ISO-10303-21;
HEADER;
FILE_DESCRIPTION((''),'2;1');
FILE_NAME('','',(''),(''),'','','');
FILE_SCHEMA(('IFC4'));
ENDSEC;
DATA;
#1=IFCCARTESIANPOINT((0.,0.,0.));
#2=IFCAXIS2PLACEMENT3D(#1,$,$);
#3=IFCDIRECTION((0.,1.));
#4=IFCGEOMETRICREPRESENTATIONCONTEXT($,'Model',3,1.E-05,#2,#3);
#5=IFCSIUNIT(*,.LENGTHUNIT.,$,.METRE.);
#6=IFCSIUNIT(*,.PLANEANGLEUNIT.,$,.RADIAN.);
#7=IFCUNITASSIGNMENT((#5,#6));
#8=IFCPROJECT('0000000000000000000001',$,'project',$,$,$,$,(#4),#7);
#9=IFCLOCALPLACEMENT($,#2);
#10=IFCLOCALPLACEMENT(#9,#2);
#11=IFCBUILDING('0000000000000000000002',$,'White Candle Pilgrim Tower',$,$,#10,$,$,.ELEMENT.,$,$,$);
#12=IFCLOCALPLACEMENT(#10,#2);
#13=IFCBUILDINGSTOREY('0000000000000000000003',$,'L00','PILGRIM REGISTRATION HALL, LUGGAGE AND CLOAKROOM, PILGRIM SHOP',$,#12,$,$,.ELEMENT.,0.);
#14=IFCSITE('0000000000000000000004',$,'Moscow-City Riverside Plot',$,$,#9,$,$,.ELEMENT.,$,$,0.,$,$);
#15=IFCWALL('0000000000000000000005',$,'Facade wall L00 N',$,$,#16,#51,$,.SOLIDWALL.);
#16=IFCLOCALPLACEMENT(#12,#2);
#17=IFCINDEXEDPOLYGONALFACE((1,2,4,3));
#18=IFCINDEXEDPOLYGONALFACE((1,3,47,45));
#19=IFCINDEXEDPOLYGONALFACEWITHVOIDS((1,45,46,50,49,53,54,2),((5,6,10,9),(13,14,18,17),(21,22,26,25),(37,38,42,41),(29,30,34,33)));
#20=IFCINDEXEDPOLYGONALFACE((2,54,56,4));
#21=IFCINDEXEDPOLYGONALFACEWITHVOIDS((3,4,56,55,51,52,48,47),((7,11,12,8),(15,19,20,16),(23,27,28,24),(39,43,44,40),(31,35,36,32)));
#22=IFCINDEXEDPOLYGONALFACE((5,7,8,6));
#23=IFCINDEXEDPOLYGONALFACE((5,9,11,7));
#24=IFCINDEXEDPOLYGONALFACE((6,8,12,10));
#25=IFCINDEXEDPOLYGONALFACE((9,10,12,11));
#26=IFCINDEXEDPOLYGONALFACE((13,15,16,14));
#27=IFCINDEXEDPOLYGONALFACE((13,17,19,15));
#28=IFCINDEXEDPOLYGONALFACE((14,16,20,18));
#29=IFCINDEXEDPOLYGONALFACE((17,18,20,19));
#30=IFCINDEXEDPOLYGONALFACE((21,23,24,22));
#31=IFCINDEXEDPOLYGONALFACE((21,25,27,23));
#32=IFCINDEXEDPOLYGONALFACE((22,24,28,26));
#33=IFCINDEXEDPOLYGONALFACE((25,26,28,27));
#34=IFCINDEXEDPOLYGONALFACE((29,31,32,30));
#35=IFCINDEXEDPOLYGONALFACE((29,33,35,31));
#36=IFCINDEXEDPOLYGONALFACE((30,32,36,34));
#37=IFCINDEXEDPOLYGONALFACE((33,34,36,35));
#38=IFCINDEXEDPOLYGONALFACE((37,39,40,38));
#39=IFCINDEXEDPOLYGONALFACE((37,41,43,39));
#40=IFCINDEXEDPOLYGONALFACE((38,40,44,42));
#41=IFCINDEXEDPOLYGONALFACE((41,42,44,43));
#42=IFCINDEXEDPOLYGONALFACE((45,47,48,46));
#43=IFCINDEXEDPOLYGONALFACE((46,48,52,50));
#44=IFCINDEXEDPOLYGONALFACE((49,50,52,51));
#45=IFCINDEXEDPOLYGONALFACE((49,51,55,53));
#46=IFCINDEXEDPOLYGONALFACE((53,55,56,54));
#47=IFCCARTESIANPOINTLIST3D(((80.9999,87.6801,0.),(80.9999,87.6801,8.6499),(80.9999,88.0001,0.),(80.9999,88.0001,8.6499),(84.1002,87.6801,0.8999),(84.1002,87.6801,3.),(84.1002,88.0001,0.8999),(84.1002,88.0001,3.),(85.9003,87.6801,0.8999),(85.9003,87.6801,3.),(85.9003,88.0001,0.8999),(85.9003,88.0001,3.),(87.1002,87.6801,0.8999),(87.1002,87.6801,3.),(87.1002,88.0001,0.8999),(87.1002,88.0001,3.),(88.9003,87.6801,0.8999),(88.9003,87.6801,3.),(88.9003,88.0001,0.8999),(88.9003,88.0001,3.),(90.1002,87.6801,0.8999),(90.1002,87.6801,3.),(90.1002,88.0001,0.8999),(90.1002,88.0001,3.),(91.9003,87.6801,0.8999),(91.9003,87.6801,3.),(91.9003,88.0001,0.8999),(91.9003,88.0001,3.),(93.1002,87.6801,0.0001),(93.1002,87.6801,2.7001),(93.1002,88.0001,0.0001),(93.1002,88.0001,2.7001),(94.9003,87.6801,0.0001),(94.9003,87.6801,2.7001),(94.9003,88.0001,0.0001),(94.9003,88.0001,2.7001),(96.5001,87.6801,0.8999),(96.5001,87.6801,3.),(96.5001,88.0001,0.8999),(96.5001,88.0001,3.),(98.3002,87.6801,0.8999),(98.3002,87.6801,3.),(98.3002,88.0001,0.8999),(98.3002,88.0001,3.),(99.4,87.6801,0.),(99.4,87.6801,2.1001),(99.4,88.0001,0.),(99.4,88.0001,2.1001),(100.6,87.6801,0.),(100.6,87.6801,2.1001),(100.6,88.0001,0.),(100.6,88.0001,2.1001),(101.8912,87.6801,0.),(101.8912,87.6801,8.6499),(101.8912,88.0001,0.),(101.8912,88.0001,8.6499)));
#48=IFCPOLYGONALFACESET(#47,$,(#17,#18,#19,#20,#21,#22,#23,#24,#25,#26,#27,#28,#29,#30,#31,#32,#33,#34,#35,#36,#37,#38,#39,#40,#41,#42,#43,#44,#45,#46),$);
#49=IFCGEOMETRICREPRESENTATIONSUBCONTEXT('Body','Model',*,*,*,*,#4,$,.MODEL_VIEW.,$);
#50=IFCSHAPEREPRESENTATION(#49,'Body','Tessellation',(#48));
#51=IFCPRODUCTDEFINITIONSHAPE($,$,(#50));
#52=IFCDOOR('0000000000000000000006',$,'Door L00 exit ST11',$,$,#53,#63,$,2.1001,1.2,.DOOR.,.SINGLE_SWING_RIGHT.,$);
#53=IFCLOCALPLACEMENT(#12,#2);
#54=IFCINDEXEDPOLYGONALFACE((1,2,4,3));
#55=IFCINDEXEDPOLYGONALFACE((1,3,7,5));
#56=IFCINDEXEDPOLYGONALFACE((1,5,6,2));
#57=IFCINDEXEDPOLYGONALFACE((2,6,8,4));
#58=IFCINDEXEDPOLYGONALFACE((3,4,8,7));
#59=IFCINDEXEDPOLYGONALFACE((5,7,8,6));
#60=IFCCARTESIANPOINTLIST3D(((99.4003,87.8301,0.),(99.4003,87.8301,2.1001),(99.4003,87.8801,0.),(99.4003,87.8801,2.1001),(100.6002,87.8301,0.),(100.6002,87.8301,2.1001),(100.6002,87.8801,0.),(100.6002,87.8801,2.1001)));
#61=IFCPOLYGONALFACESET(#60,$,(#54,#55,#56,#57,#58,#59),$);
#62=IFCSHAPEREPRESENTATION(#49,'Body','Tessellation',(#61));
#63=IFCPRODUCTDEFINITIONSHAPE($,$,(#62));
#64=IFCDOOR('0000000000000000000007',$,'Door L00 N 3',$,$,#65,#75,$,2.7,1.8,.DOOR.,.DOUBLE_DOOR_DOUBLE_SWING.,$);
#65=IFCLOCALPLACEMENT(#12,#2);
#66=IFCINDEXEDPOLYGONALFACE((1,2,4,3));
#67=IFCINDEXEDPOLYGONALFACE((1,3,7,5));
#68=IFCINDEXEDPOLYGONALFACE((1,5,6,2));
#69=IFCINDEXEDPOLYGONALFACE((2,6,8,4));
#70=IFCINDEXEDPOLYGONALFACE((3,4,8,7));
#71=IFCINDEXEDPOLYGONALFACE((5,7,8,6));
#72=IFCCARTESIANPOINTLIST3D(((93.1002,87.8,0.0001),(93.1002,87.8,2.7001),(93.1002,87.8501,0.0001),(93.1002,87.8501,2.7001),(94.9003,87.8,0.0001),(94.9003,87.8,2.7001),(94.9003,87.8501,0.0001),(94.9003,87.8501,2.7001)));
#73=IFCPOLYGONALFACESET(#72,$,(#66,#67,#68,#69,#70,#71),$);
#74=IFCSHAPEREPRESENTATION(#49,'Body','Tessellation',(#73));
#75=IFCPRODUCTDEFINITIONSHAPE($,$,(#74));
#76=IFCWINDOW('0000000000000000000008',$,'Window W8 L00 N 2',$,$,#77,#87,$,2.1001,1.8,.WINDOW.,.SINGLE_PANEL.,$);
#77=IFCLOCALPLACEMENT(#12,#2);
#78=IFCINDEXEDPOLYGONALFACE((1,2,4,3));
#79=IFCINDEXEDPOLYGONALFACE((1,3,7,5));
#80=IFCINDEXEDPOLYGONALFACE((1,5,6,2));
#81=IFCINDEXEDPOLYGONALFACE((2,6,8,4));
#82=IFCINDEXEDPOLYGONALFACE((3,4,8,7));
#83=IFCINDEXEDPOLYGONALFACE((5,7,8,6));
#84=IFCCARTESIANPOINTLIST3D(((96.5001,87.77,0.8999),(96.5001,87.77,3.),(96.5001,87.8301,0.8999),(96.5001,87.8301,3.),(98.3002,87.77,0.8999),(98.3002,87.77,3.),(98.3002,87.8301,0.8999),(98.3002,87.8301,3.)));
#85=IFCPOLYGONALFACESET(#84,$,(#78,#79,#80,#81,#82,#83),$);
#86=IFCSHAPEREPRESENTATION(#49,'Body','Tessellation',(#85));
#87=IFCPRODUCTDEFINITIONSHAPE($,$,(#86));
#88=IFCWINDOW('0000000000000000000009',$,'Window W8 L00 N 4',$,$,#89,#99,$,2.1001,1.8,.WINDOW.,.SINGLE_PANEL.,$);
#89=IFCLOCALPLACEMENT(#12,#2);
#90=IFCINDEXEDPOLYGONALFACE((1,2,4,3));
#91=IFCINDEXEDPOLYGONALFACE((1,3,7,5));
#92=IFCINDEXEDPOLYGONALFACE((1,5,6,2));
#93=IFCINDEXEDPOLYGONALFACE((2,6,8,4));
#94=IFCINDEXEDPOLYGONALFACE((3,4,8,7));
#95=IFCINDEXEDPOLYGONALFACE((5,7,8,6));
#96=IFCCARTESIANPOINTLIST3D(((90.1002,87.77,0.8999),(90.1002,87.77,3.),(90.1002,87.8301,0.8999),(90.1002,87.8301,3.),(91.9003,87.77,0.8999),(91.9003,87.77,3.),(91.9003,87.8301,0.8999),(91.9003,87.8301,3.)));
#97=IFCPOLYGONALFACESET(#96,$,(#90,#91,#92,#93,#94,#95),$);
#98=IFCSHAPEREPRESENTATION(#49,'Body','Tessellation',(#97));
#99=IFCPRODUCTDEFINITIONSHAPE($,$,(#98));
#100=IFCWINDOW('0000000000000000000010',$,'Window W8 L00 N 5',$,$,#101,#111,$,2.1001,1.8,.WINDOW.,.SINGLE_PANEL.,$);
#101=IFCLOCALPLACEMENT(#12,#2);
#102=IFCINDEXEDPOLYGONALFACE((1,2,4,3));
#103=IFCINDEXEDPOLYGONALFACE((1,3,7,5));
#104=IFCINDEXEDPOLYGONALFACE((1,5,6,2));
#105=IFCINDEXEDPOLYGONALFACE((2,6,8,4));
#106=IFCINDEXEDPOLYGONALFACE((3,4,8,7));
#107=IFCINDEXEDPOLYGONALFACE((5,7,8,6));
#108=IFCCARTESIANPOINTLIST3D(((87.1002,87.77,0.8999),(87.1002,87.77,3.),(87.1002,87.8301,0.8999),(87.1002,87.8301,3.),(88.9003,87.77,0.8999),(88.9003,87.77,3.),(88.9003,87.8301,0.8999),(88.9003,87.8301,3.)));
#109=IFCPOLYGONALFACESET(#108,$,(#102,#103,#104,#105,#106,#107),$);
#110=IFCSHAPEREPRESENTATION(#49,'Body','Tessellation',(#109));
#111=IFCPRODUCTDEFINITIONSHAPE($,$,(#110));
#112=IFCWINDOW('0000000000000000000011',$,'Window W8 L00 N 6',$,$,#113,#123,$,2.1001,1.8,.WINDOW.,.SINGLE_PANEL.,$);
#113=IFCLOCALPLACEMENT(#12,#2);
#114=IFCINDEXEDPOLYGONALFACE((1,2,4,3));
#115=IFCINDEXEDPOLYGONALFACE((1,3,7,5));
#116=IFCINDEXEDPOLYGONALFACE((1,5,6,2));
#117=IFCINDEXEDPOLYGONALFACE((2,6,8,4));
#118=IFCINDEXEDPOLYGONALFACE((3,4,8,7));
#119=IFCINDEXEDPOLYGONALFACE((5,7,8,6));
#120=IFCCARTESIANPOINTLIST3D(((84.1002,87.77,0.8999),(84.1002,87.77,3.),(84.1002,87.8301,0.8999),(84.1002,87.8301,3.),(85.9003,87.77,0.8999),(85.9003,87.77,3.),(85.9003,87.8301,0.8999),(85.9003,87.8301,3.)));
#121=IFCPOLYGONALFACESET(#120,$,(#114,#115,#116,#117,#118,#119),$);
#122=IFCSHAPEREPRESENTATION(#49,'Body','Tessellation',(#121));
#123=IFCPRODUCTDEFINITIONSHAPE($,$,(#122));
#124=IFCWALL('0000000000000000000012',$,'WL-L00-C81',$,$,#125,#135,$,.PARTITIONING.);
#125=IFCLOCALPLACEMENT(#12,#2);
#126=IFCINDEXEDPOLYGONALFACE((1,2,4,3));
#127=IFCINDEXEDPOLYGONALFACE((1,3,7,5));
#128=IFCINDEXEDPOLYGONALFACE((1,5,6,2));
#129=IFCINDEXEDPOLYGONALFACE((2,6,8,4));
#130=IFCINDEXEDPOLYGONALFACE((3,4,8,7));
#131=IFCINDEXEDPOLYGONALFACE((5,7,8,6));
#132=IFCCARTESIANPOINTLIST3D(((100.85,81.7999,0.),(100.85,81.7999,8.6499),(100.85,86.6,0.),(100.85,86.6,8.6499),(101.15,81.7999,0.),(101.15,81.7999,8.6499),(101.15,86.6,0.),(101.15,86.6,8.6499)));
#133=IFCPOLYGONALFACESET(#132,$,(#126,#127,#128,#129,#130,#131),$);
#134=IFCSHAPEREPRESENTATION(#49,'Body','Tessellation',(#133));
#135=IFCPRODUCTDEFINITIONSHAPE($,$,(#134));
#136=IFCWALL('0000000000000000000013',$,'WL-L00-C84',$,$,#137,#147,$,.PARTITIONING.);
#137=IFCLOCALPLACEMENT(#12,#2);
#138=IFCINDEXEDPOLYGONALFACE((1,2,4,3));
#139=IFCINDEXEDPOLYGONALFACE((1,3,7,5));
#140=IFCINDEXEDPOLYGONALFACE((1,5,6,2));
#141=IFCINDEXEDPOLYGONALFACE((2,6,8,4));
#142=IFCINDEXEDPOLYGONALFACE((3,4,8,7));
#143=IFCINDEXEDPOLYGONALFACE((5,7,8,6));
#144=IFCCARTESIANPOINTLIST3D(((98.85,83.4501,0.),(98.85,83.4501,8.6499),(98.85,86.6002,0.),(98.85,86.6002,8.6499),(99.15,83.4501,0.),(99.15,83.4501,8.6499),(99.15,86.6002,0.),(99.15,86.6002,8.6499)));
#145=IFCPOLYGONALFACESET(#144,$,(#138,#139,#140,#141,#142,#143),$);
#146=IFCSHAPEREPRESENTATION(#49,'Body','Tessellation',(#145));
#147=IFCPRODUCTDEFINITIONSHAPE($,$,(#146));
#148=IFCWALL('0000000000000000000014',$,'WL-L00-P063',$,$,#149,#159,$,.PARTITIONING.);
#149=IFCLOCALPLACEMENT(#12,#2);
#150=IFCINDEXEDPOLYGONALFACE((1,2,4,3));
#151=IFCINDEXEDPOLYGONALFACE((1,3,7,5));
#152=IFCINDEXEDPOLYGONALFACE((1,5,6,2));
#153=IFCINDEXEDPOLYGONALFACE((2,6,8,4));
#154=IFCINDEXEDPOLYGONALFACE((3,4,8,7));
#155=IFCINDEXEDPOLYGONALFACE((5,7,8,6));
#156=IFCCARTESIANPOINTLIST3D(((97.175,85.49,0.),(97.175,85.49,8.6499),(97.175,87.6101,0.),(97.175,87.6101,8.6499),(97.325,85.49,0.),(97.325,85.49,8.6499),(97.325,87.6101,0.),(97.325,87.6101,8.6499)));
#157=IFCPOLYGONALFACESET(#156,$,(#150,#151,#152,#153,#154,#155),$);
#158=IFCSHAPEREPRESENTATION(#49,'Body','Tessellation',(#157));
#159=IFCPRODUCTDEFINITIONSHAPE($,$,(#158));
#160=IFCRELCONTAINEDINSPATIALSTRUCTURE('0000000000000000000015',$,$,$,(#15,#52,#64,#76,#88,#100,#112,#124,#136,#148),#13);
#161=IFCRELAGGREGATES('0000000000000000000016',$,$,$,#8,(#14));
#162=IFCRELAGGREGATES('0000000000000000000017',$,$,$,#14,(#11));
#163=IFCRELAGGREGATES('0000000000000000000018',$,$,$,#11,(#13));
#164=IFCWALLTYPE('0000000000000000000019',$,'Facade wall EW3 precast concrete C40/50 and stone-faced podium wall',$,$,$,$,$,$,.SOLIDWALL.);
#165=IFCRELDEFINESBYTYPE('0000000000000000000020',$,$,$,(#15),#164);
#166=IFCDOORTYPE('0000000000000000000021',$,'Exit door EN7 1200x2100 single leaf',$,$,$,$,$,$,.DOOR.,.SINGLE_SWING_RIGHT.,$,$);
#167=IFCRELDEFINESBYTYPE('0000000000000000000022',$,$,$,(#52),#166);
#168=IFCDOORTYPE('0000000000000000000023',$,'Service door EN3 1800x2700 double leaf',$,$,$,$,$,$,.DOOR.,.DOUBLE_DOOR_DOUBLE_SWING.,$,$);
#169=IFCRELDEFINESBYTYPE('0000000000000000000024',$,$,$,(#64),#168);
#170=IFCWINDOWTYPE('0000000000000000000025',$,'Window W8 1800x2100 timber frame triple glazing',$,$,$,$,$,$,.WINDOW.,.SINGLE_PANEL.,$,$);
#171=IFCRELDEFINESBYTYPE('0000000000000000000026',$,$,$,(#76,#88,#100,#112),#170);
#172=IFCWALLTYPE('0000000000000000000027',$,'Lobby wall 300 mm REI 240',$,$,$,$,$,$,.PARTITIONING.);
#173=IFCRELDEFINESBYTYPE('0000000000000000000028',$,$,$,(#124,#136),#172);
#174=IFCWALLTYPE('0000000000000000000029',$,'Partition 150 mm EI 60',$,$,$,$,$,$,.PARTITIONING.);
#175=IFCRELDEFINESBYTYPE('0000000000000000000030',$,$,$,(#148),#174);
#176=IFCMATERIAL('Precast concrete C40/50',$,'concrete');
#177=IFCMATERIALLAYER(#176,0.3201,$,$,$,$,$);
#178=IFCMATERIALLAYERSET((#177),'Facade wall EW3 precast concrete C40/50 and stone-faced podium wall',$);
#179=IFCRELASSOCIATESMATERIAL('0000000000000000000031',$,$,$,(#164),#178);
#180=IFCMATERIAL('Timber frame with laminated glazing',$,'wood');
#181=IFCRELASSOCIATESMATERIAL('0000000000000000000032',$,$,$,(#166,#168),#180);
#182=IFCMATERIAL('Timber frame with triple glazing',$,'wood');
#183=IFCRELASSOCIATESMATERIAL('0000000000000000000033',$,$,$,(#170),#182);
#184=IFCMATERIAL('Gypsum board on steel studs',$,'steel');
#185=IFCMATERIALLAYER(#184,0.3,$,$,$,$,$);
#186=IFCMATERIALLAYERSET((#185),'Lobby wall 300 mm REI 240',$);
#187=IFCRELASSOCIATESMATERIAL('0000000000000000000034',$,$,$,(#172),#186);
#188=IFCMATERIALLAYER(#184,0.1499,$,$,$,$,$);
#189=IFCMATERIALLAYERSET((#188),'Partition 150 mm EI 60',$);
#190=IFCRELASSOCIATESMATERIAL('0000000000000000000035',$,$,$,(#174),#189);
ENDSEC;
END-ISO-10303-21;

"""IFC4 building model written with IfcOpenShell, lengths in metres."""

from ifc_helpers import new_model, si_unit, direction, frame, frame_2d, origin, place, context, subcontext, project, spatial, rectangle, extrude, material, layer, layer_set, type_object, element, fill, save


model = new_model("IFC4")

# Units and contexts
model_context = context("Model", 3, precision=1e-05, world=origin(), true_north=direction((0.0, 1.0)))
body_context = subcontext(model_context, "Body", "Model", "MODEL_VIEW")
ifc_project = project(units=[si_unit("LENGTHUNIT", "METRE"), si_unit("PLANEANGLEUNIT", "RADIAN")], contexts=[model_context])

# Site, building, storey
site_placement = place(None, origin())
site = spatial("IfcSite", under=ifc_project, at=site_placement, Name="Moscow-City Riverside Plot", CompositionType="ELEMENT", RefElevation=0.0)
building_placement = place(site_placement, origin())
building = spatial("IfcBuilding", under=site, at=building_placement, Name="White Candle Pilgrim Tower", CompositionType="ELEMENT")
storey_placement = place(building_placement, origin())
storey = spatial("IfcBuildingStorey", under=building, at=storey_placement, Name="L00", Description="PILGRIM REGISTRATION HALL, LUGGAGE AND CLOAKROOM, PILGRIM SHOP", CompositionType="ELEMENT", Elevation=0.0)

# Shared definitions
ifc_material_1 = material(Name="Precast concrete C40/50", Category="concrete")
ifc_layer_1 = layer(ifc_material_1, 0.3201)
ifc_layer_set_1 = layer_set([ifc_layer_1], Name="Facade wall EW3 precast concrete C40/50 and stone-faced podium wall")
wall_type_1 = type_object("IfcWallType", Name="Facade wall EW3 precast concrete C40/50 and stone-faced podium wall", PredefinedType="SOLIDWALL", material=ifc_layer_set_1)

# Wall, openings, doors, windows
wall_1_placement = place(storey_placement, frame((101.8914, 87.8401, 0.0), z_axis=(0.0, 0.0, 1.0), x_axis=(-1.0, 0.0, 0.0)))
wall_1 = element("IfcWall", 1, at=wall_1_placement, inside=storey, type_object=wall_type_1, Name="Facade wall L00 N", PredefinedType="SOLIDWALL", context=body_context, shape_type="SweptSolid", body=[
    extrude(rectangle(XDim=20.8914, YDim=0.3201, at=frame_2d((10.4458, 0.0))), origin(), (0.0, 0.0, 1.0), 8.6499),
])
opening_1_placement = place(wall_1_placement, frame((3.5913, 0.0, 0.8999)))
opening_1 = element("IfcOpeningElement", 2, at=opening_1_placement, cuts=wall_1, PredefinedType="OPENING", context=body_context, shape_type="SweptSolid", body=[
    extrude(rectangle(XDim=1.8, YDim=2.1001, at=frame_2d((0.8999, 1.05))), frame((0.0, 0.1699, 0.0), z_axis=(0.0, -1.0, 0.0), x_axis=(1.0, 0.0, 0.0)), (0.0, 0.0, 1.0), 0.3401),
])
opening_2_placement = place(wall_1_placement, frame((6.9912, 0.0, 0.0)))
opening_2 = element("IfcOpeningElement", 3, at=opening_2_placement, cuts=wall_1, PredefinedType="OPENING", context=body_context, shape_type="SweptSolid", body=[
    extrude(rectangle(XDim=1.8, YDim=2.7, at=frame_2d((0.8999, 1.3501))), frame((0.0, 0.1699, 0.0), z_axis=(0.0, -1.0, 0.0), x_axis=(1.0, 0.0, 0.0)), (0.0, 0.0, 1.0), 0.3401),
])
opening_3_placement = place(wall_1_placement, frame((9.9912, 0.0, 0.8999)))
opening_3 = element("IfcOpeningElement", 4, at=opening_3_placement, cuts=wall_1, PredefinedType="OPENING", context=body_context, shape_type="SweptSolid", body=[
    extrude(rectangle(XDim=1.8, YDim=2.1001, at=frame_2d((0.8999, 1.05))), frame((0.0, 0.1699, 0.0), z_axis=(0.0, -1.0, 0.0), x_axis=(1.0, 0.0, 0.0)), (0.0, 0.0, 1.0), 0.3401),
])
opening_4_placement = place(wall_1_placement, frame((12.9912, 0.0, 0.8999)))
opening_4 = element("IfcOpeningElement", 5, at=opening_4_placement, cuts=wall_1, PredefinedType="OPENING", context=body_context, shape_type="SweptSolid", body=[
    extrude(rectangle(XDim=1.8, YDim=2.1001, at=frame_2d((0.8999, 1.05))), frame((0.0, 0.1699, 0.0), z_axis=(0.0, -1.0, 0.0), x_axis=(1.0, 0.0, 0.0)), (0.0, 0.0, 1.0), 0.3401),
])
opening_5_placement = place(wall_1_placement, frame((15.9912, 0.0, 0.8999)))
opening_5 = element("IfcOpeningElement", 6, at=opening_5_placement, cuts=wall_1, PredefinedType="OPENING", context=body_context, shape_type="SweptSolid", body=[
    extrude(rectangle(XDim=1.8, YDim=2.1001, at=frame_2d((0.8999, 1.05))), frame((0.0, 0.1699, 0.0), z_axis=(0.0, -1.0, 0.0), x_axis=(1.0, 0.0, 0.0)), (0.0, 0.0, 1.0), 0.3401),
])
opening_6_placement = place(wall_1_placement, frame((1.2913, 0.0, 0.0)))
opening_6 = element("IfcOpeningElement", 7, at=opening_6_placement, cuts=wall_1, PredefinedType="OPENING", context=body_context, shape_type="SweptSolid", body=[
    extrude(rectangle(XDim=1.2, YDim=2.1001, at=frame_2d((0.6001, 1.05))), frame((0.0, 0.1699, 0.0), z_axis=(0.0, -1.0, 0.0), x_axis=(1.0, 0.0, 0.0)), (0.0, 0.0, 1.0), 0.3401),
])
ifc_material_2 = material(Name="Timber frame with laminated glazing", Category="wood")
door_type_1 = type_object("IfcDoorType", Name="Exit door EN7 1200x2100 single leaf", OperationType="SINGLE_SWING_RIGHT", PredefinedType="DOOR", material=ifc_material_2)
door_1_placement = place(opening_6_placement, frame((1.2, 0.0, 0.0), z_axis=(0.0, 0.0, 1.0), x_axis=(-1.0, 0.0, 0.0)))
door_1 = element("IfcDoor", 8, at=door_1_placement, inside=storey, type_object=door_type_1, Name="Door L00 exit ST11", OperationType="SINGLE_SWING_RIGHT", OverallHeight=2.1001, OverallWidth=1.2, PredefinedType="DOOR", context=body_context, shape_type="SweptSolid", body=[
    extrude(rectangle(XDim=1.2, YDim=2.1001, at=frame_2d((0.6001, 1.05))), frame((0.0, 0.04, 0.0), z_axis=(0.0, -1.0, 0.0), x_axis=(1.0, 0.0, 0.0)), (0.0, 0.0, 1.0), 0.05),
])
fill(opening_6, door_1)
door_type_2 = type_object("IfcDoorType", Name="Service door EN3 1800x2700 double leaf", OperationType="DOUBLE_DOOR_DOUBLE_SWING", PredefinedType="DOOR", material=ifc_material_2)
door_2_placement = place(opening_2_placement, origin())
door_2 = element("IfcDoor", 9, at=door_2_placement, inside=storey, type_object=door_type_2, Name="Door L00 N 3", OperationType="DOUBLE_DOOR_DOUBLE_SWING", OverallHeight=2.7, OverallWidth=1.8, PredefinedType="DOOR", context=body_context, shape_type="SweptSolid", body=[
    extrude(rectangle(XDim=1.8, YDim=2.7, at=frame_2d((0.8999, 1.3501))), frame((0.0, 0.04, 0.0), z_axis=(0.0, -1.0, 0.0), x_axis=(1.0, 0.0, 0.0)), (0.0, 0.0, 1.0), 0.05),
])
fill(opening_2, door_2)
ifc_material_3 = material(Name="Timber frame with triple glazing", Category="wood")
window_type = type_object("IfcWindowType", Name="Window W8 1800x2100 timber frame triple glazing", PartitioningType="SINGLE_PANEL", PredefinedType="WINDOW", material=ifc_material_3)
window_1_placement = place(opening_1_placement, origin())
window_1 = element("IfcWindow", 10, at=window_1_placement, inside=storey, type_object=window_type, Name="Window W8 L00 N 2", OverallHeight=2.1001, OverallWidth=1.8, PartitioningType="SINGLE_PANEL", PredefinedType="WINDOW", context=body_context, shape_type="SweptSolid", body=[
    extrude(rectangle(XDim=1.8, YDim=2.1001, at=frame_2d((0.8999, 1.05))), frame((0.0, 0.0701, 0.0), z_axis=(0.0, -1.0, 0.0), x_axis=(1.0, 0.0, 0.0)), (0.0, 0.0, 1.0), 0.0601),
])
fill(opening_1, window_1)
window_2_placement = place(opening_3_placement, origin())
window_2 = element("IfcWindow", 11, at=window_2_placement, inside=storey, type_object=window_type, Name="Window W8 L00 N 4", OverallHeight=2.1001, OverallWidth=1.8, PartitioningType="SINGLE_PANEL", PredefinedType="WINDOW", context=body_context, shape_type="SweptSolid", body=[
    extrude(rectangle(XDim=1.8, YDim=2.1001, at=frame_2d((0.8999, 1.05))), frame((0.0, 0.0701, 0.0), z_axis=(0.0, -1.0, 0.0), x_axis=(1.0, 0.0, 0.0)), (0.0, 0.0, 1.0), 0.0601),
])
fill(opening_3, window_2)
window_3_placement = place(opening_4_placement, origin())
window_3 = element("IfcWindow", 12, at=window_3_placement, inside=storey, type_object=window_type, Name="Window W8 L00 N 5", OverallHeight=2.1001, OverallWidth=1.8, PartitioningType="SINGLE_PANEL", PredefinedType="WINDOW", context=body_context, shape_type="SweptSolid", body=[
    extrude(rectangle(XDim=1.8, YDim=2.1001, at=frame_2d((0.8999, 1.05))), frame((0.0, 0.0701, 0.0), z_axis=(0.0, -1.0, 0.0), x_axis=(1.0, 0.0, 0.0)), (0.0, 0.0, 1.0), 0.0601),
])
fill(opening_4, window_3)
window_4_placement = place(opening_5_placement, origin())
window_4 = element("IfcWindow", 13, at=window_4_placement, inside=storey, type_object=window_type, Name="Window W8 L00 N 6", OverallHeight=2.1001, OverallWidth=1.8, PartitioningType="SINGLE_PANEL", PredefinedType="WINDOW", context=body_context, shape_type="SweptSolid", body=[
    extrude(rectangle(XDim=1.8, YDim=2.1001, at=frame_2d((0.8999, 1.05))), frame((0.0, 0.0701, 0.0), z_axis=(0.0, -1.0, 0.0), x_axis=(1.0, 0.0, 0.0)), (0.0, 0.0, 1.0), 0.0601),
])
fill(opening_5, window_4)

# Walls
ifc_material_4 = material(Name="Gypsum board on steel studs", Category="steel")
ifc_layer_2 = layer(ifc_material_4, 0.3)
ifc_layer_set_2 = layer_set([ifc_layer_2], Name="Lobby wall 300 mm REI 240")
wall_type_2 = type_object("IfcWallType", Name="Lobby wall 300 mm REI 240", PredefinedType="PARTITIONING", material=ifc_layer_set_2)
wall_2_placement = place(storey_placement, frame((101.0, 81.8, 0.0), z_axis=(0.0, 0.0, 1.0), x_axis=(0.0, 1.0, 0.0)))
element("IfcWall", 14, at=wall_2_placement, inside=storey, type_object=wall_type_2, Name="WL-L00-C81", PredefinedType="PARTITIONING", context=body_context, shape_type="SweptSolid", body=[
    extrude(rectangle(XDim=4.8, YDim=0.3, at=frame_2d((2.3999, 0.0))), origin(), (0.0, 0.0, 1.0), 8.6499),
])
wall_3_placement = place(storey_placement, frame((99.0, 83.45, 0.0), z_axis=(0.0, 0.0, 1.0), x_axis=(0.0, 1.0, 0.0)))
element("IfcWall", 15, at=wall_3_placement, inside=storey, type_object=wall_type_2, Name="WL-L00-C84", PredefinedType="PARTITIONING", context=body_context, shape_type="SweptSolid", body=[
    extrude(rectangle(XDim=3.1501, YDim=0.3, at=frame_2d((1.5752, 0.0))), origin(), (0.0, 0.0, 1.0), 8.6499),
])
ifc_layer_3 = layer(ifc_material_4, 0.1499)
ifc_layer_set_3 = layer_set([ifc_layer_3], Name="Partition 150 mm EI 60")
wall_type_3 = type_object("IfcWallType", Name="Partition 150 mm EI 60", PredefinedType="PARTITIONING", material=ifc_layer_set_3)
wall_4_placement = place(storey_placement, frame((97.25, 87.6101, 0.0), z_axis=(0.0, 0.0, 1.0), x_axis=(0.0, -1.0, 0.0)))
element("IfcWall", 16, at=wall_4_placement, inside=storey, type_object=wall_type_3, Name="WL-L00-P063", PredefinedType="PARTITIONING", context=body_context, shape_type="SweptSolid", body=[
    extrude(rectangle(XDim=2.1201, YDim=0.1499, at=frame_2d((1.0601, 0.0))), origin(), (0.0, 0.0, 1.0), 8.6499),
])

save(model, "model.ifc")
